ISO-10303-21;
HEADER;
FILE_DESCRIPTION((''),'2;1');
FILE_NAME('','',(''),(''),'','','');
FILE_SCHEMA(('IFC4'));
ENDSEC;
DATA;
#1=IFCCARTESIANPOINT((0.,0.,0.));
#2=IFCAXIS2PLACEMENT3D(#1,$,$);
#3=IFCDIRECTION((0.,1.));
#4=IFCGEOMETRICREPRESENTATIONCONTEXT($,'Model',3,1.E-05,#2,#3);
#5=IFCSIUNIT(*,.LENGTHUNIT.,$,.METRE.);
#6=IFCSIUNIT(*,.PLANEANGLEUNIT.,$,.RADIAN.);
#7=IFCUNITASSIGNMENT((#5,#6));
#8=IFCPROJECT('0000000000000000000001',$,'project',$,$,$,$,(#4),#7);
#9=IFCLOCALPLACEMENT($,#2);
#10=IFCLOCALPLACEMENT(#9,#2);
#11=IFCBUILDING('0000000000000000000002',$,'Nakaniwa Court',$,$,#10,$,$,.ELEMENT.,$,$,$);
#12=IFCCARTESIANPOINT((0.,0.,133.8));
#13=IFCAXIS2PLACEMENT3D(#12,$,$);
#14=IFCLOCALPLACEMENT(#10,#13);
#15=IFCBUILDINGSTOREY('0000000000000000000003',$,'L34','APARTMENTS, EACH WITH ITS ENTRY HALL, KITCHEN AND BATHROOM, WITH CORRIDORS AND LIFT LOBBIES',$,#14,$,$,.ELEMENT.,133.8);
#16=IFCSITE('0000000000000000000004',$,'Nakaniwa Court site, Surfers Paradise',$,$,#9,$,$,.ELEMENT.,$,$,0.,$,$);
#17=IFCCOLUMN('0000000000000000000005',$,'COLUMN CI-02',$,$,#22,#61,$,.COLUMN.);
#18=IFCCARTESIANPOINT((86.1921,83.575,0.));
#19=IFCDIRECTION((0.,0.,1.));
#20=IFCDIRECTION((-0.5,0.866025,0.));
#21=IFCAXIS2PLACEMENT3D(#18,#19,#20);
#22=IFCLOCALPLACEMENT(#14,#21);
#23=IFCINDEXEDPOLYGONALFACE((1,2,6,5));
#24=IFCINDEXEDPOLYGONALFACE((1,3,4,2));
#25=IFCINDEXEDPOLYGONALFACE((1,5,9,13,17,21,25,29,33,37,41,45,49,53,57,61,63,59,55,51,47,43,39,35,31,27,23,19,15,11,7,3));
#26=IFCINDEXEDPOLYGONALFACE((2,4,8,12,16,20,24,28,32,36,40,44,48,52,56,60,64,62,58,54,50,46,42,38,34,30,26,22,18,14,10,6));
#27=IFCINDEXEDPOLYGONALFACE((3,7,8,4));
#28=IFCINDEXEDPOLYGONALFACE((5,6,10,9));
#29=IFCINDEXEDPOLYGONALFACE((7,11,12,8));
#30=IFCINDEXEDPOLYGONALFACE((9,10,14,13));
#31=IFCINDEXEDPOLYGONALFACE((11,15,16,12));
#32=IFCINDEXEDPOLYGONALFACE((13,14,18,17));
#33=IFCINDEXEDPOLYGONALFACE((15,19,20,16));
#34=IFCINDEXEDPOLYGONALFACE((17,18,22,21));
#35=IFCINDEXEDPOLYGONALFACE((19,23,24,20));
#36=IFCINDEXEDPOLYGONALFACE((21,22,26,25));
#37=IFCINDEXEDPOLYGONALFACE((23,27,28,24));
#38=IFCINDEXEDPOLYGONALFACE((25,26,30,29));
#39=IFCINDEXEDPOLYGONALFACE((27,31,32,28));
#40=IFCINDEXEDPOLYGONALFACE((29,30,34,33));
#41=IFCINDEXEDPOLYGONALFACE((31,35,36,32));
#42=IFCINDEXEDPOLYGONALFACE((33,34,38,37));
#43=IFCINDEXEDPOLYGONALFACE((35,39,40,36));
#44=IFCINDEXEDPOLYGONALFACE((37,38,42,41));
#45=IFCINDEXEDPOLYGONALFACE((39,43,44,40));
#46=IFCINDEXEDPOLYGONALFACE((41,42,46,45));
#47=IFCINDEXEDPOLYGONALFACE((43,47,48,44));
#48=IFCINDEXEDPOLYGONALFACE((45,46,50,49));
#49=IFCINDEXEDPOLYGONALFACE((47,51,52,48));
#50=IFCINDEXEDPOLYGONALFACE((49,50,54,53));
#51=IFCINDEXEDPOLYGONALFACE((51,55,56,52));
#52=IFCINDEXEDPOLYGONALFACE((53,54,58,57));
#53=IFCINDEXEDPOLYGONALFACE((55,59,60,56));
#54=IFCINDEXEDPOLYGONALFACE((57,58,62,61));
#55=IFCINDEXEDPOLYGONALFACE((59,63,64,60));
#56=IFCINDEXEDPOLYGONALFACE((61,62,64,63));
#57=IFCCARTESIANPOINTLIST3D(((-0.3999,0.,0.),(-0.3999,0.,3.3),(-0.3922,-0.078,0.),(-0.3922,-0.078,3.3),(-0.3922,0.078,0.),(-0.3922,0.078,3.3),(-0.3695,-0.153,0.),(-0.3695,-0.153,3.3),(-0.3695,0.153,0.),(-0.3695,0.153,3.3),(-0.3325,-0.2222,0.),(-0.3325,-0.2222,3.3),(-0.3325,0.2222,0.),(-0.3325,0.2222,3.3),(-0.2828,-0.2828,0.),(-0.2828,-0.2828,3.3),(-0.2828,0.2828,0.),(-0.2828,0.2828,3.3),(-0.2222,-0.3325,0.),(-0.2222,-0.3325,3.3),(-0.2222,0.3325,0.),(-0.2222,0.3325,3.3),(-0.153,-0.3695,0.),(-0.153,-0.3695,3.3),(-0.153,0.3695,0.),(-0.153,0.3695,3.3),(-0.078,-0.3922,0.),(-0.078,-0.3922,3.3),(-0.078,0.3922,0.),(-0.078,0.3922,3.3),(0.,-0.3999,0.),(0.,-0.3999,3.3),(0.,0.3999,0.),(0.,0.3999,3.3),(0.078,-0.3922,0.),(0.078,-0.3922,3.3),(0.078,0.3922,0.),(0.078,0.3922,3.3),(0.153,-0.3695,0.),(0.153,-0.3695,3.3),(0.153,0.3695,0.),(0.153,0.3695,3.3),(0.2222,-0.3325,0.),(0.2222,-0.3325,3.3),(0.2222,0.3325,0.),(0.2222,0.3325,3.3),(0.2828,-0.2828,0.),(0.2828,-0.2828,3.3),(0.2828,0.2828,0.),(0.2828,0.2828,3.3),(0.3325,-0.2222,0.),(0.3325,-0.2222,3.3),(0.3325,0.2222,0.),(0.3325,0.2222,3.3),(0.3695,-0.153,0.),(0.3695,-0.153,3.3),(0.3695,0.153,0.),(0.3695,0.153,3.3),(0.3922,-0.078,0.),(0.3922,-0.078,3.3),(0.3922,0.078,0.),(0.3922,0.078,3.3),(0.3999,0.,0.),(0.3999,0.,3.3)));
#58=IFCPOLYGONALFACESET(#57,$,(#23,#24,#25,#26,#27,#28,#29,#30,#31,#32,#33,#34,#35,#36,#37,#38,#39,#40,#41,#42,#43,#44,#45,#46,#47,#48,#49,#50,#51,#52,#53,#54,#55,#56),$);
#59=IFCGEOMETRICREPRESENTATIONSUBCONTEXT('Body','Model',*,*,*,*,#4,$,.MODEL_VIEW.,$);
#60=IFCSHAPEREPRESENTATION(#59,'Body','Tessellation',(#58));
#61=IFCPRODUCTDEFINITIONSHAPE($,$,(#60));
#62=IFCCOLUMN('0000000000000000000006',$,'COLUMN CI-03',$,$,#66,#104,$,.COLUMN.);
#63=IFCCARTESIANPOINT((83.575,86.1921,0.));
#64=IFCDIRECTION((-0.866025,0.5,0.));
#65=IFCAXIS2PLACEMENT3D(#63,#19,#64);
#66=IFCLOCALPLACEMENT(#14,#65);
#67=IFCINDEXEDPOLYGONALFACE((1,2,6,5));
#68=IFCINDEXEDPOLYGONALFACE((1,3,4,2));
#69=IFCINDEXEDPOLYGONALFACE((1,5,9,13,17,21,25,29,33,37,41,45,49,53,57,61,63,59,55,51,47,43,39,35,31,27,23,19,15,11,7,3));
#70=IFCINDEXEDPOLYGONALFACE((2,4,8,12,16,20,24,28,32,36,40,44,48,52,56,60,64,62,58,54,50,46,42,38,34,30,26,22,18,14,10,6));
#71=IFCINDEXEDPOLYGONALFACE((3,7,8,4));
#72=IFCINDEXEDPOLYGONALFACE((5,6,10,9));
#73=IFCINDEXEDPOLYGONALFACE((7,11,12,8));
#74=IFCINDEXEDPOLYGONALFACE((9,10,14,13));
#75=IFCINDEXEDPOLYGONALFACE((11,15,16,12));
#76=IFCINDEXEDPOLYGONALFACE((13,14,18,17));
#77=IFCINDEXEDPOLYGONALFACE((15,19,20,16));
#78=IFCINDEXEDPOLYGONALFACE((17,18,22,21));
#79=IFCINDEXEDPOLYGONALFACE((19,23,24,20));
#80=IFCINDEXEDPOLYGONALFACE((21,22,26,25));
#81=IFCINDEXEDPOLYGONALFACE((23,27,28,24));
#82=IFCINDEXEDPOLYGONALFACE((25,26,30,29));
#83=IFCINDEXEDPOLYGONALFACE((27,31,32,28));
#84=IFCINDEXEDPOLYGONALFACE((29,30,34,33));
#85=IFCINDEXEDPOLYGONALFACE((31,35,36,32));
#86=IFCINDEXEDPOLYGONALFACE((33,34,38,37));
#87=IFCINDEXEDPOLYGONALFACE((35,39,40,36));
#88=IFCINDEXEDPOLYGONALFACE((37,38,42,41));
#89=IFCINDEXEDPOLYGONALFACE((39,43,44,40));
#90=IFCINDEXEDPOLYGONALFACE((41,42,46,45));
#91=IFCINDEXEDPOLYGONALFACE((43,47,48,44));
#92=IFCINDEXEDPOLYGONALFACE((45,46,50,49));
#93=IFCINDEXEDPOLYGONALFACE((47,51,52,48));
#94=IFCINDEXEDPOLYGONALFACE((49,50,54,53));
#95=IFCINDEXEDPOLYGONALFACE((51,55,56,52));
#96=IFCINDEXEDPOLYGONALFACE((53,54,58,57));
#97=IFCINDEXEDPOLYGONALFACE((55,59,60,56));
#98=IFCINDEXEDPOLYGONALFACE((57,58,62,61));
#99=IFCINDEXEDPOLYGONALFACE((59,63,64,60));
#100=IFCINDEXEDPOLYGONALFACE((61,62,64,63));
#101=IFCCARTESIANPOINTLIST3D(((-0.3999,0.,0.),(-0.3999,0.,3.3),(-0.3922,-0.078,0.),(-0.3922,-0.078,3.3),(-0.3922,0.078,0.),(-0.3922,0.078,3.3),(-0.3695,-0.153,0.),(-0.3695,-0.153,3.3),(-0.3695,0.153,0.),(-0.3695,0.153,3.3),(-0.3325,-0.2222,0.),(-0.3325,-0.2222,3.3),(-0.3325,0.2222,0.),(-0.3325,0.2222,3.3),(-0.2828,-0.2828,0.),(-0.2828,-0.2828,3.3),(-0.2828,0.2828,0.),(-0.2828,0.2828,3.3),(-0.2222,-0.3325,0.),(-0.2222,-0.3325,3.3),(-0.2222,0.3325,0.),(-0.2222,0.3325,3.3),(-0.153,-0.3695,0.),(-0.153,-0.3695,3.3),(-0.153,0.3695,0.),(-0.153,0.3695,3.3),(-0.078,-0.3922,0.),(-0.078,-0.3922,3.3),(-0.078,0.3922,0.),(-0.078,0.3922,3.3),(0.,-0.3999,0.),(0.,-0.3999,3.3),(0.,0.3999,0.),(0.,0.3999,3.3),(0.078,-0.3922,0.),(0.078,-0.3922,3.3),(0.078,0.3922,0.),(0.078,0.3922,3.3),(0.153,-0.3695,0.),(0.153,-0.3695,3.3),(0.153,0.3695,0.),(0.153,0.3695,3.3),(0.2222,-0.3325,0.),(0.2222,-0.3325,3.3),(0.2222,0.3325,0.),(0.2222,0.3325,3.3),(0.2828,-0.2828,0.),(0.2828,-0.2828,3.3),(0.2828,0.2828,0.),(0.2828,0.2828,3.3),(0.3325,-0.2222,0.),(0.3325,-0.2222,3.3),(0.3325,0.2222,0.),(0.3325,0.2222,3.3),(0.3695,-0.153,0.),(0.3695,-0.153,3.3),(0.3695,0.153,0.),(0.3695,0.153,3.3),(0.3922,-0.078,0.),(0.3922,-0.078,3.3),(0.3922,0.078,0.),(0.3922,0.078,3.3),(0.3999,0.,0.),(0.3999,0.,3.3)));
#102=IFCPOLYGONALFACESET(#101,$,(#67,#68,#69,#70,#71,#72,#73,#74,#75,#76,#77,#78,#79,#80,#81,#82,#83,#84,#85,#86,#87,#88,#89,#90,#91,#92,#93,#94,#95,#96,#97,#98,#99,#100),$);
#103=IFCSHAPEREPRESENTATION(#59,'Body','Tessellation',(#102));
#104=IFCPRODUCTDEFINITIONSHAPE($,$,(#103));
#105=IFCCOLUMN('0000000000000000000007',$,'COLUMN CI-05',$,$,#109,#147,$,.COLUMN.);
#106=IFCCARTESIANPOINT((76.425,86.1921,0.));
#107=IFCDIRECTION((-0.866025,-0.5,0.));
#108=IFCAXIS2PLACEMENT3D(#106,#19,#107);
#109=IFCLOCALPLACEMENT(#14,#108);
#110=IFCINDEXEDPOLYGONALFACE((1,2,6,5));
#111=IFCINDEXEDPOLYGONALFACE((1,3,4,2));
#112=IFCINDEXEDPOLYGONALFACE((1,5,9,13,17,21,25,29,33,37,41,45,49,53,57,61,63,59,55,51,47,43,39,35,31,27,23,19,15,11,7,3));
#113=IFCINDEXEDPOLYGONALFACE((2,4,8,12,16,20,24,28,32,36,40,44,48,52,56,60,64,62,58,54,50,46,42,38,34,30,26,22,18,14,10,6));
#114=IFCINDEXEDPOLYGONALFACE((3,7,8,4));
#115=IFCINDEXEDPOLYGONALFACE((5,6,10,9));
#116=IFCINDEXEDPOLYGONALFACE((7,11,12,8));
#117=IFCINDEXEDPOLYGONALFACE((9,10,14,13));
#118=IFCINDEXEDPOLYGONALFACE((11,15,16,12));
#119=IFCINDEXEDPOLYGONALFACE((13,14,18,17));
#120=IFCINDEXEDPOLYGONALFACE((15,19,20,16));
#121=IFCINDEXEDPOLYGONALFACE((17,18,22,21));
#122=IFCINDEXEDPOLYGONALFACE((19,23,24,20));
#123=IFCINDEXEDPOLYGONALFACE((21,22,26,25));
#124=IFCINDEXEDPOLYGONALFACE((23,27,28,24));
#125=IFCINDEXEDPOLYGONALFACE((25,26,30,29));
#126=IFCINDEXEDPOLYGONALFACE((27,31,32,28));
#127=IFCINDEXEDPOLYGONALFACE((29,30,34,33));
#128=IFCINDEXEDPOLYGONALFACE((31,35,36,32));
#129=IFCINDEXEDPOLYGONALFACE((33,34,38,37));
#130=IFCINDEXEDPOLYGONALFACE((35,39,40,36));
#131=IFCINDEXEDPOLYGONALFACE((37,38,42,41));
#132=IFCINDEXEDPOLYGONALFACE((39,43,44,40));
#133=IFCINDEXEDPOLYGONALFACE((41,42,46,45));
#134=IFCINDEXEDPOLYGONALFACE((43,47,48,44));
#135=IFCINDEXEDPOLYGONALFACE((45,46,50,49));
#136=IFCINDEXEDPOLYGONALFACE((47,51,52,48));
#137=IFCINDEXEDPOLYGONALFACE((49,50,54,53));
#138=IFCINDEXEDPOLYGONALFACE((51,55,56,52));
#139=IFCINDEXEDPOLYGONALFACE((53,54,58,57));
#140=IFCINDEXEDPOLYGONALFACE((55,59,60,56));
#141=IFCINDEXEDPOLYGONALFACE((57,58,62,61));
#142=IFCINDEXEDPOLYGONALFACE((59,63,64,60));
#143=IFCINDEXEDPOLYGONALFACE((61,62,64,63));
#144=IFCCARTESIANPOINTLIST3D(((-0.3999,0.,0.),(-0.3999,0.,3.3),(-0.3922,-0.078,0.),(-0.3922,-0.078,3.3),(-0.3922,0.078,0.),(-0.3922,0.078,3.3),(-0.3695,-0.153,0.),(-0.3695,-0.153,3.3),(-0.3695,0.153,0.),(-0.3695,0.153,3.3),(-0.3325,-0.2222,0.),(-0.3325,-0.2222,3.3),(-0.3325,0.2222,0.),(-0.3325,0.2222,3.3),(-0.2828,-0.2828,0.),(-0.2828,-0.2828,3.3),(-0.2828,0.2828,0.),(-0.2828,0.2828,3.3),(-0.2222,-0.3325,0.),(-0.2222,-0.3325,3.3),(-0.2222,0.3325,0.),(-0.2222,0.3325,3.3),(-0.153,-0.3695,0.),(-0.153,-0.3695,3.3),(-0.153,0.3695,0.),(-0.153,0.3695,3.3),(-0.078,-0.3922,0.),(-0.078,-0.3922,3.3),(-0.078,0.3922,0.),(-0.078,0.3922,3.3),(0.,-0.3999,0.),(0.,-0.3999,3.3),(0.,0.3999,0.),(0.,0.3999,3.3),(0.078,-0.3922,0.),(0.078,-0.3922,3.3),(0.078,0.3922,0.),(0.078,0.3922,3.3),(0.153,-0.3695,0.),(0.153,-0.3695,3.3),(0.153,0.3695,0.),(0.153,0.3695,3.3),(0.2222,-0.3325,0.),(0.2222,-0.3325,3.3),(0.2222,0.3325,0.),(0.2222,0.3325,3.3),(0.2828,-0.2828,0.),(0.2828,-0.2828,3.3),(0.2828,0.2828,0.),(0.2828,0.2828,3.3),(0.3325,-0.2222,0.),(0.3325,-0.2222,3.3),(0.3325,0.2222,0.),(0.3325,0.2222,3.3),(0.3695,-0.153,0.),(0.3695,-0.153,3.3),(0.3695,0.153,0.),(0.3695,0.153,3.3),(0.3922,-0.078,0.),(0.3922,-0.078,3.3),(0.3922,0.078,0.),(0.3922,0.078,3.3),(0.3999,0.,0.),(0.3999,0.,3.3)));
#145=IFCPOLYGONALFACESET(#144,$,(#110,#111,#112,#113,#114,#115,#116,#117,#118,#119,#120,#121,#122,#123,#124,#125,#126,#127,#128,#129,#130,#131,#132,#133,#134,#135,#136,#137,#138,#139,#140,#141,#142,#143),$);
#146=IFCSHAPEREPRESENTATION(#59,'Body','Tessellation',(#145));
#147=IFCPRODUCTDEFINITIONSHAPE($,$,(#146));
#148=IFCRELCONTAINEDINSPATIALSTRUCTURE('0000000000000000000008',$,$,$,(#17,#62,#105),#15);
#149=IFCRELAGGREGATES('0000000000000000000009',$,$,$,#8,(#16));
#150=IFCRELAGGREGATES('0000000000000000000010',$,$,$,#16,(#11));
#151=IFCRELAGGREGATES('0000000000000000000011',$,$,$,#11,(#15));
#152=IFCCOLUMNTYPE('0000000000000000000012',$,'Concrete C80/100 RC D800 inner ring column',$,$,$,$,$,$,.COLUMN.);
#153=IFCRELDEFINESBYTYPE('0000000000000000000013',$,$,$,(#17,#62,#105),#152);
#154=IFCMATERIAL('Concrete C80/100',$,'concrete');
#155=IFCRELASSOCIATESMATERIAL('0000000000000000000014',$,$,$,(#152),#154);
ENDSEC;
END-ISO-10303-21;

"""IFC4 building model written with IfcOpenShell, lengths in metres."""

from ifc_helpers import new_model, si_unit, direction, frame, origin, origin_2d, place, context, subcontext, project, spatial, circle, extrude, material, material_profile, profile_set, type_object, element, save


model = new_model("IFC4")

# Units and contexts
model_context = context("Model", 3, precision=1e-05, world=origin(), true_north=direction((0.0, 1.0)))
body_context = subcontext(model_context, "Body", "Model", "MODEL_VIEW")
ifc_project = project(units=[si_unit("LENGTHUNIT", "METRE"), si_unit("PLANEANGLEUNIT", "RADIAN")], contexts=[model_context])

# Site, building, storey
site_placement = place(None, origin())
site = spatial("IfcSite", under=ifc_project, at=site_placement, Name="Nakaniwa Court site, Surfers Paradise", CompositionType="ELEMENT", RefElevation=0.0)
building_placement = place(site_placement, origin())
building = spatial("IfcBuilding", under=site, at=building_placement, Name="Nakaniwa Court", CompositionType="ELEMENT")
storey_placement = place(building_placement, frame((0.0, 0.0, 133.8)))
storey = spatial("IfcBuildingStorey", under=building, at=storey_placement, Name="L34", Description="APARTMENTS, EACH WITH ITS ENTRY HALL, KITCHEN AND BATHROOM, WITH CORRIDORS AND LIFT LOBBIES", CompositionType="ELEMENT", Elevation=133.8)

# Columns
ifc_material_1 = material(Name="Concrete C80/100", Category="concrete")
ifc_material_profile_1 = material_profile(ifc_material_1, circle(Radius=0.3999, at=origin_2d()), Name="Concrete C80/100 RC D800 inner ring column")
ifc_profile_set_1 = profile_set([ifc_material_profile_1], Name="Concrete C80/100")
column_type = type_object("IfcColumnType", Name="Concrete C80/100 RC D800 inner ring column", PredefinedType="COLUMN", material=ifc_profile_set_1)
for number, where, z_axis, x_axis, name in (
    (1, (86.1921, 83.575, 0.0), (0.0, 0.0, 1.0), (-0.5, 0.866025, 0.0), "COLUMN CI-02"),
    (2, (83.575, 86.1921, 0.0), (0.0, 0.0, 1.0), (-0.866025, 0.5, 0.0), "COLUMN CI-03"),
    (3, (76.425, 86.1921, 0.0), (0.0, 0.0, 1.0), (-0.866025, -0.5, 0.0), "COLUMN CI-05"),
):
    element("IfcColumn", number, at=place(storey_placement, frame(where, z_axis=z_axis, x_axis=x_axis)), inside=storey, type_object=column_type, Name=name, PredefinedType="COLUMN", context=body_context, shape_type="SweptSolid", body=[
        extrude(circle(Radius=0.3999, at=origin_2d()), origin(), (0.0, 0.0, 1.0), 3.3),
    ])

save(model, "model.ifc")
